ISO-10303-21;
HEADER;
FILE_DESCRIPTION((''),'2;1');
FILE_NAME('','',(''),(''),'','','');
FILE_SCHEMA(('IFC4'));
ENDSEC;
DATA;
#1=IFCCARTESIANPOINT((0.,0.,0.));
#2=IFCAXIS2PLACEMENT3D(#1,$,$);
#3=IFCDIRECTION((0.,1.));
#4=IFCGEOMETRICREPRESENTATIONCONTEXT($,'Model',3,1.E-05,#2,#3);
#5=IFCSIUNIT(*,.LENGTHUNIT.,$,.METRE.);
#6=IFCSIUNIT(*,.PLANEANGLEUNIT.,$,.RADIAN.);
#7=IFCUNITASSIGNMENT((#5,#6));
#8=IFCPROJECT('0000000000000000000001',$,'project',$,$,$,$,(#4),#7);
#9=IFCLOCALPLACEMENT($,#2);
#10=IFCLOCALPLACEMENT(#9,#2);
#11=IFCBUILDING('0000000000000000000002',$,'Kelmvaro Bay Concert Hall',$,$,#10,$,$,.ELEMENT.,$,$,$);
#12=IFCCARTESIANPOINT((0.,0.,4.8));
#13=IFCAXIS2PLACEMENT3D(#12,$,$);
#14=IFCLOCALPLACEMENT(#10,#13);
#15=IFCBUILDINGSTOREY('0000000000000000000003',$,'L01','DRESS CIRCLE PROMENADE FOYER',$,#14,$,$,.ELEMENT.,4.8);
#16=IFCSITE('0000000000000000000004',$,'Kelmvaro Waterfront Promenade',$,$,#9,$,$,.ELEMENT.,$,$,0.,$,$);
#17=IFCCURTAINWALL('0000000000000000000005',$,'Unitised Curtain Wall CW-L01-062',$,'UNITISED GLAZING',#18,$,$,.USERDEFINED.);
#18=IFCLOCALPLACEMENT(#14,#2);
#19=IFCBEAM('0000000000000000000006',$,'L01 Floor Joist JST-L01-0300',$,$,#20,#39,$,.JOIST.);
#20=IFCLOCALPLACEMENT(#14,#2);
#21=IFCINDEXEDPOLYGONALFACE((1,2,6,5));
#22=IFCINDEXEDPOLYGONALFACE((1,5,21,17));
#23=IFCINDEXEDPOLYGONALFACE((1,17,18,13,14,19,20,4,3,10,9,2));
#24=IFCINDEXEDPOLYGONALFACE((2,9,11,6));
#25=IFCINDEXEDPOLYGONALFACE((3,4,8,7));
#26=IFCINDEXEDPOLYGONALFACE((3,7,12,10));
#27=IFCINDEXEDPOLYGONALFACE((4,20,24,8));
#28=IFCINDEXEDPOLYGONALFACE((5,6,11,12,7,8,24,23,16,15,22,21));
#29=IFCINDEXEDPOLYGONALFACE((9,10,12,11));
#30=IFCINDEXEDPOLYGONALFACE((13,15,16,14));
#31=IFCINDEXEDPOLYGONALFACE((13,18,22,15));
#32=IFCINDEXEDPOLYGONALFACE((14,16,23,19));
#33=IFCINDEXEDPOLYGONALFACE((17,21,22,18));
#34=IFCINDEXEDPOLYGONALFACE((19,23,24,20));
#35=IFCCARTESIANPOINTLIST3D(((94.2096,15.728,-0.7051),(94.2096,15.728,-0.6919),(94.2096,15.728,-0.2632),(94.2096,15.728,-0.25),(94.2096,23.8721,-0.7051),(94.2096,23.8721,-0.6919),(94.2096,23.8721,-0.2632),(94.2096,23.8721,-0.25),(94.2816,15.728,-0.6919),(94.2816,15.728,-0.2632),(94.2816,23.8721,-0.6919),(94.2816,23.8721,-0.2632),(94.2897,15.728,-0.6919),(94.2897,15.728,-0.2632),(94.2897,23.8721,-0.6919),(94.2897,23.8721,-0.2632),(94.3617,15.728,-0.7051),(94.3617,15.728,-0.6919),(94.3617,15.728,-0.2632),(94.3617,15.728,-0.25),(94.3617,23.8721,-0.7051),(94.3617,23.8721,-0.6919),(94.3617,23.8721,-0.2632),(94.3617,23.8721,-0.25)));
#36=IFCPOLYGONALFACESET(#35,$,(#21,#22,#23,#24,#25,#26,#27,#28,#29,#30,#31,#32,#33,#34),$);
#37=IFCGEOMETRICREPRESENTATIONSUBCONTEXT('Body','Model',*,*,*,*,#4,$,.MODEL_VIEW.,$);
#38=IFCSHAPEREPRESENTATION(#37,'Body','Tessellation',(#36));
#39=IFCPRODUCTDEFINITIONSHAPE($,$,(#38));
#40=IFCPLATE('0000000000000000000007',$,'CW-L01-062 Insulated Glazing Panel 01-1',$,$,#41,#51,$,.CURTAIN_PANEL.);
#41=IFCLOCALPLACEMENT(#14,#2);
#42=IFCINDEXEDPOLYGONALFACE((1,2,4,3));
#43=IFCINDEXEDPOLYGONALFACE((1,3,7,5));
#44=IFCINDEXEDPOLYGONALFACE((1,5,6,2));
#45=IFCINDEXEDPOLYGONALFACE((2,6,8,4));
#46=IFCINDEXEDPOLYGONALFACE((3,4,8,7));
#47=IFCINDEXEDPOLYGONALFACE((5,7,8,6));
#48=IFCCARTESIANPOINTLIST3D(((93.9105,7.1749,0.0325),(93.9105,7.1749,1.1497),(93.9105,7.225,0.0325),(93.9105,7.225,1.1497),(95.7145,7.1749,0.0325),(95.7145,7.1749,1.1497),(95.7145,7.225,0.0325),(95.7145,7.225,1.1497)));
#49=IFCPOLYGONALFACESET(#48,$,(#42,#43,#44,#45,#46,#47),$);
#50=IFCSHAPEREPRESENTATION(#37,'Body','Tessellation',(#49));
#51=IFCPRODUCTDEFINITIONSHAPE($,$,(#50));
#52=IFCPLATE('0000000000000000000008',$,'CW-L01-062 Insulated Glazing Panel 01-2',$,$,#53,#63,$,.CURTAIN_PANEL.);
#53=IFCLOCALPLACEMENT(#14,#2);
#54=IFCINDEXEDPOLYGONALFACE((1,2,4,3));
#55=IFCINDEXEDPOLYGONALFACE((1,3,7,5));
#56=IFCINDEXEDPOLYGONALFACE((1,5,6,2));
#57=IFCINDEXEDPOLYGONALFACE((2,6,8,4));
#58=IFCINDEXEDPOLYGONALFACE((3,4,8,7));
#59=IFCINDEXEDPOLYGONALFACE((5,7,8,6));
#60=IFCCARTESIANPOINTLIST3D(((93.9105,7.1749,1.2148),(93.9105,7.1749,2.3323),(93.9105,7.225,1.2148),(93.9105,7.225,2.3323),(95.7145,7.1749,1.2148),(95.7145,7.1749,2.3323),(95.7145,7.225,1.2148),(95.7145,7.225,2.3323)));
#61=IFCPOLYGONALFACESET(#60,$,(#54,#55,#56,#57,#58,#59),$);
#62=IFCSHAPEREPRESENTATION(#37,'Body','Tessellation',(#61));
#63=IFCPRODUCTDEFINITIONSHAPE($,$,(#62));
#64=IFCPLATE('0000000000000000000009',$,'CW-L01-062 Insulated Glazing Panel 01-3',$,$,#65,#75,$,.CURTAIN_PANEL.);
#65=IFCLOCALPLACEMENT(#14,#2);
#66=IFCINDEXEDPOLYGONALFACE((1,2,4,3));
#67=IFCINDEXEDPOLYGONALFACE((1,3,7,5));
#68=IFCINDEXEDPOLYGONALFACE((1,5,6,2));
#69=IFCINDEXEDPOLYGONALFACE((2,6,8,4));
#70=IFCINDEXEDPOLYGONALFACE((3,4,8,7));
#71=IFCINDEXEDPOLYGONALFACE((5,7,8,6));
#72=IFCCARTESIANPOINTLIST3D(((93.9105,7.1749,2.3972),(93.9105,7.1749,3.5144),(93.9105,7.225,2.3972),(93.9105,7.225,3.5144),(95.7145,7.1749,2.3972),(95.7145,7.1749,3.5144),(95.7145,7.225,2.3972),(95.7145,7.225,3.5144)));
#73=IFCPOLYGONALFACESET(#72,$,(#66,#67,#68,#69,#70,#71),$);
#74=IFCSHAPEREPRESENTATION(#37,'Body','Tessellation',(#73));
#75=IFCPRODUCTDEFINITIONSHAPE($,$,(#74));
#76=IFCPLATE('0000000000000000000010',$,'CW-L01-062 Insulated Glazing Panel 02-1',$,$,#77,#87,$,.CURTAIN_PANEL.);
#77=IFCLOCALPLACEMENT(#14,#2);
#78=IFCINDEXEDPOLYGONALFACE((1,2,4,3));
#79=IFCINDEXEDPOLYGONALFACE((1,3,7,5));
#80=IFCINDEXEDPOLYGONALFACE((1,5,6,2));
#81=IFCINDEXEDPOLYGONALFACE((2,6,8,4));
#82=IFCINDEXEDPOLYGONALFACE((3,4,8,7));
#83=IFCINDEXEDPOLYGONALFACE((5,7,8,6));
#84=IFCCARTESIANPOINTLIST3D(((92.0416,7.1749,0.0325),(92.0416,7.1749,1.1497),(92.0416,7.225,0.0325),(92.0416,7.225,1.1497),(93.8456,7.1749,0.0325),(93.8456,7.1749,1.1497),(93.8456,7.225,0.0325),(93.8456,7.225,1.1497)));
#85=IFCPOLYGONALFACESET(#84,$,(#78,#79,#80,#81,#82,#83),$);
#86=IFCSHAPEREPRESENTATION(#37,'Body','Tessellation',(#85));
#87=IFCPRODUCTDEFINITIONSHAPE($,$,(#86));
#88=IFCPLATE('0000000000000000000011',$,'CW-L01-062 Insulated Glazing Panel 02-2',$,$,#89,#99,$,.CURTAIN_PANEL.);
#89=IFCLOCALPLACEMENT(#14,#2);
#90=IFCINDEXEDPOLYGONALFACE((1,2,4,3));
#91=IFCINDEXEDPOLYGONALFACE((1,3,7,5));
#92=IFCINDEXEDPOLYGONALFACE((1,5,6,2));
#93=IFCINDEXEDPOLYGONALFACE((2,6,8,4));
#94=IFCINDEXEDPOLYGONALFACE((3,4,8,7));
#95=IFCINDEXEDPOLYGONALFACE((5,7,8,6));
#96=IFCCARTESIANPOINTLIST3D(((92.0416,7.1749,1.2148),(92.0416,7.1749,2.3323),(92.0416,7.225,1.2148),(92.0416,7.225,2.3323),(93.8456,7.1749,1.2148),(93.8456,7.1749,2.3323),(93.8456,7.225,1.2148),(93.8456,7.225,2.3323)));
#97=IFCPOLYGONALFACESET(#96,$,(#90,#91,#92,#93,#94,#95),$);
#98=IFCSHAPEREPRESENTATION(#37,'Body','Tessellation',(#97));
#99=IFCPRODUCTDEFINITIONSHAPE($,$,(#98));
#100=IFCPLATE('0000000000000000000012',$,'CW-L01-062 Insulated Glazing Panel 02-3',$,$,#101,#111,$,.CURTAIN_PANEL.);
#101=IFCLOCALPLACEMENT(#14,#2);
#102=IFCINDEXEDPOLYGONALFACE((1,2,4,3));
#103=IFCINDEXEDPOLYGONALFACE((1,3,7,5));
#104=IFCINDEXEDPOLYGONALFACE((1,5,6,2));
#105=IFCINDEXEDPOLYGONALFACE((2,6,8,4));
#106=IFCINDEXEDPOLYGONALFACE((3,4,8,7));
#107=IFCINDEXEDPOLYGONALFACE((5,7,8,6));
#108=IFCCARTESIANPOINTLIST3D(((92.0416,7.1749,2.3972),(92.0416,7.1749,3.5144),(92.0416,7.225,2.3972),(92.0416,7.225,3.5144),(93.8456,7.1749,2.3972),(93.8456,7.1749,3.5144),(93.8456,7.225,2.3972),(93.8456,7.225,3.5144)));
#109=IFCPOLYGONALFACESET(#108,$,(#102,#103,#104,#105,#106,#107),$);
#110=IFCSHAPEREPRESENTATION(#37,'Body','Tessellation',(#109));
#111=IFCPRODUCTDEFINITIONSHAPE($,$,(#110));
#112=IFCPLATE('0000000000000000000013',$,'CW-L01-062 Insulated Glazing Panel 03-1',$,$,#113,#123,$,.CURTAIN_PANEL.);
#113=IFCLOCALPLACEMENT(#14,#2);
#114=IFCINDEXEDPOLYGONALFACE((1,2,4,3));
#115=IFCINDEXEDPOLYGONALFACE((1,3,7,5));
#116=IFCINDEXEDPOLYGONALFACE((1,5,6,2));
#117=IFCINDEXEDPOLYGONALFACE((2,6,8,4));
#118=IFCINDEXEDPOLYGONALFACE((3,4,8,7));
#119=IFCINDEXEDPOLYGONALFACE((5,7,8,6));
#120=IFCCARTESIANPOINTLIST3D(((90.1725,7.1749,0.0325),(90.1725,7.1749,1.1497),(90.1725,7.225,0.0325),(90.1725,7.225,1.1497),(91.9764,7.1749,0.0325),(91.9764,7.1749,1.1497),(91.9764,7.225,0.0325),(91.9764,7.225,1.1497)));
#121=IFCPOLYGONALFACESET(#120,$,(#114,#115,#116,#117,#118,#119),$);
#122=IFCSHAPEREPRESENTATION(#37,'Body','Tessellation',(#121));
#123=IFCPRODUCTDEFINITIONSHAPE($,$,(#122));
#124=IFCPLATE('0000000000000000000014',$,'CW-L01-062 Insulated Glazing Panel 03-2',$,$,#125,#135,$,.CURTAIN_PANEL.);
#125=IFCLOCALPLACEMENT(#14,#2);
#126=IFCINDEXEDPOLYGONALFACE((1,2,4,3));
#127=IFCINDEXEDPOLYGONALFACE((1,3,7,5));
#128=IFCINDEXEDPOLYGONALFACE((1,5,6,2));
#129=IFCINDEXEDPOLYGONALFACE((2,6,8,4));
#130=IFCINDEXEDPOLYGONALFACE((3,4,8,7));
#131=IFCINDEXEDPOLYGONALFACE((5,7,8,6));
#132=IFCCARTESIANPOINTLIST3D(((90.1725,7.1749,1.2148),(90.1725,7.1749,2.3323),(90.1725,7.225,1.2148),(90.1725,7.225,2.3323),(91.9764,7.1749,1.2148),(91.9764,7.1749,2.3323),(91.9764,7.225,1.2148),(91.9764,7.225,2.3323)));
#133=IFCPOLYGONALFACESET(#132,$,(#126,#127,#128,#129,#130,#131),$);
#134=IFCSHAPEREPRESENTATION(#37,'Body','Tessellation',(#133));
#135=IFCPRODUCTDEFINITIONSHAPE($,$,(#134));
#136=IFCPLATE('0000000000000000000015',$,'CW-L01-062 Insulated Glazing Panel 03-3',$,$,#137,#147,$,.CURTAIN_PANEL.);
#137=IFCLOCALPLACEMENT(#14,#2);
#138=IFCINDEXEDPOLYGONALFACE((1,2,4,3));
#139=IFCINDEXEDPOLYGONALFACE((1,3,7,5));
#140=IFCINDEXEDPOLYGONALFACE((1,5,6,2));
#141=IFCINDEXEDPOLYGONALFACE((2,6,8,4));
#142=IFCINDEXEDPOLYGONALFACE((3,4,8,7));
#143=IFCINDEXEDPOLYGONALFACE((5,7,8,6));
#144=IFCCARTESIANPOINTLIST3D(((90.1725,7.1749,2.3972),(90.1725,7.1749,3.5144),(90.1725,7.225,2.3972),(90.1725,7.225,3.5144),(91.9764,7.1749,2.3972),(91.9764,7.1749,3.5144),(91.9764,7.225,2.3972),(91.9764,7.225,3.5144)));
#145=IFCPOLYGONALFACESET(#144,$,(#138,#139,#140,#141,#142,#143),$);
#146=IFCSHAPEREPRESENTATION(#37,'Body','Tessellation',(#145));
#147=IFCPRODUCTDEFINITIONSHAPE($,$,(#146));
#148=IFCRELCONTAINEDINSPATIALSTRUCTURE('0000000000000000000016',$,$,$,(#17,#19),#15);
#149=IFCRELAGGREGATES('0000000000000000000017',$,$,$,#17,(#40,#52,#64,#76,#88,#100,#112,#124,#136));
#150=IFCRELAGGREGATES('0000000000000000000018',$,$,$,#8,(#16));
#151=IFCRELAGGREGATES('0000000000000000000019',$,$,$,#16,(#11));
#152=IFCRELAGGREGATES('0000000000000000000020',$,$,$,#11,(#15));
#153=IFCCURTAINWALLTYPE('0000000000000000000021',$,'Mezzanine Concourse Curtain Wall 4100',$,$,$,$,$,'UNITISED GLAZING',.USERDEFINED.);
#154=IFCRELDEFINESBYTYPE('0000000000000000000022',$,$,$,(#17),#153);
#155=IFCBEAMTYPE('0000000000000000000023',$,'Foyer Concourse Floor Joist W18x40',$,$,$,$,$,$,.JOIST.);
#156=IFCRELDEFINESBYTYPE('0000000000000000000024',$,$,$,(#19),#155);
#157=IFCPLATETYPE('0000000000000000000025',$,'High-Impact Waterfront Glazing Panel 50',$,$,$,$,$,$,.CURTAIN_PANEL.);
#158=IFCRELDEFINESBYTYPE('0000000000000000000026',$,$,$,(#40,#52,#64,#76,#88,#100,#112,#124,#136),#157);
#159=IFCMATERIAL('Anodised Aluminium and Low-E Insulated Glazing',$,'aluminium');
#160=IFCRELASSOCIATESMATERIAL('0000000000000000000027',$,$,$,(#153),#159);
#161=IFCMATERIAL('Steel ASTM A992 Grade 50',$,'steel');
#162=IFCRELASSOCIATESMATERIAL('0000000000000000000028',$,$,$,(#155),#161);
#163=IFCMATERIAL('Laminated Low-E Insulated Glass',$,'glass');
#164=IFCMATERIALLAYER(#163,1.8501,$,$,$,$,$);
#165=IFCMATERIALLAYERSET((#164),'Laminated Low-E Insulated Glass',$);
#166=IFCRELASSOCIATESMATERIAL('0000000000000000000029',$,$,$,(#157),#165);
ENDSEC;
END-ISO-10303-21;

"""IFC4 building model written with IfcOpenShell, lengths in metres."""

from ifc_helpers import new_model, si_unit, direction, frame, origin, origin_2d, place, context, subcontext, project, spatial, rectangle, i_section, extrude, material, layer, layer_set, material_profile, profile_set, type_object, element, aggregate, save


model = new_model("IFC4")

# Units and contexts
model_context = context("Model", 3, precision=1e-05, world=origin(), true_north=direction((0.0, 1.0)))
body_context = subcontext(model_context, "Body", "Model", "MODEL_VIEW")
ifc_project = project(units=[si_unit("LENGTHUNIT", "METRE"), si_unit("PLANEANGLEUNIT", "RADIAN")], contexts=[model_context])

# Site, building, storey
site_placement = place(None, origin())
site = spatial("IfcSite", under=ifc_project, at=site_placement, Name="Kelmvaro Waterfront Promenade", CompositionType="ELEMENT", RefElevation=0.0)
building_placement = place(site_placement, origin())
building = spatial("IfcBuilding", under=site, at=building_placement, Name="Kelmvaro Bay Concert Hall", CompositionType="ELEMENT")
storey_placement = place(building_placement, frame((0.0, 0.0, 4.8)))
storey = spatial("IfcBuildingStorey", under=building, at=storey_placement, Name="L01", Description="DRESS CIRCLE PROMENADE FOYER", CompositionType="ELEMENT", Elevation=4.8)

# Curtain wall
ifc_material_1 = material(Name="Anodised Aluminium and Low-E Insulated Glazing", Category="aluminium")
curtain_wall_type = type_object("IfcCurtainWallType", Name="Mezzanine Concourse Curtain Wall 4100", ElementType="UNITISED GLAZING", PredefinedType="USERDEFINED", material=ifc_material_1)
curtain_wall_placement = place(storey_placement, origin())
curtain_wall = element("IfcCurtainWall", 1, at=curtain_wall_placement, inside=storey, type_object=curtain_wall_type, Name="Unitised Curtain Wall CW-L01-062", ObjectType="UNITISED GLAZING", PredefinedType="USERDEFINED")

# Beam
ifc_material_2 = material(Name="Steel ASTM A992 Grade 50", Category="steel")
ifc_material_profile_1 = material_profile(ifc_material_2, i_section(OverallWidth=0.1521, OverallDepth=0.4551, WebThickness=0.0081, FlangeThickness=0.0132, at=origin_2d()), Name="W18X40")
ifc_profile_set_1 = profile_set([ifc_material_profile_1], Name="Steel ASTM A992 Grade 50")
beam_type = type_object("IfcBeamType", Name="Foyer Concourse Floor Joist W18x40", PredefinedType="JOIST", material=ifc_profile_set_1)
for number, where, z_axis, x_axis, name in (
    (2, (94.2856, 15.728, -0.4775), (0.0, 1.0, 0.0), (-1.0, 0.0, 0.0), "L01 Floor Joist JST-L01-0300"),
):
    element("IfcBeam", number, at=place(storey_placement, frame(where, z_axis=z_axis, x_axis=x_axis)), inside=storey, type_object=beam_type, Name=name, PredefinedType="JOIST", context=body_context, shape_type="SweptSolid", body=[
        extrude(i_section(OverallWidth=0.1521, OverallDepth=0.4551, WebThickness=0.0081, FlangeThickness=0.0132, at=origin_2d()), origin(), (0.0, 0.0, 1.0), 8.144),
    ])

# Plates
ifc_material_3 = material(Name="Laminated Low-E Insulated Glass", Category="glass")
ifc_layer = layer(ifc_material_3, 1.8501)
ifc_layer_set = layer_set([ifc_layer], Name="Laminated Low-E Insulated Glass")
plate_type = type_object("IfcPlateType", Name="High-Impact Waterfront Glazing Panel 50", PredefinedType="CURTAIN_PANEL", material=ifc_layer_set)
plate_1_placement = place(storey_placement, frame((94.8125, 7.2, 0.0325), z_axis=(0.0, 0.0, 1.0), x_axis=(-1.0, 0.0, 0.0)))
plate_1 = element("IfcPlate", 3, at=plate_1_placement, type_object=plate_type, Name="CW-L01-062 Insulated Glazing Panel 01-1", PredefinedType="CURTAIN_PANEL", context=body_context, shape_type="SweptSolid", body=[
    extrude(rectangle(XDim=1.804, YDim=0.05, at=origin_2d()), origin(), (0.0, 0.0, 1.0), 1.1172),
])
plate_2_placement = place(storey_placement, frame((94.8125, 7.2, 1.2148), z_axis=(0.0, 0.0, 1.0), x_axis=(-1.0, 0.0, 0.0)))
plate_2 = element("IfcPlate", 4, at=plate_2_placement, type_object=plate_type, Name="CW-L01-062 Insulated Glazing Panel 01-2", PredefinedType="CURTAIN_PANEL", context=body_context, shape_type="SweptSolid", body=[
    extrude(rectangle(XDim=1.804, YDim=0.05, at=origin_2d()), origin(), (0.0, 0.0, 1.0), 1.1174),
])
plate_3_placement = place(storey_placement, frame((94.8125, 7.2, 2.3972), z_axis=(0.0, 0.0, 1.0), x_axis=(-1.0, 0.0, 0.0)))
plate_3 = element("IfcPlate", 5, at=plate_3_placement, type_object=plate_type, Name="CW-L01-062 Insulated Glazing Panel 01-3", PredefinedType="CURTAIN_PANEL", context=body_context, shape_type="SweptSolid", body=[
    extrude(rectangle(XDim=1.804, YDim=0.05, at=origin_2d()), origin(), (0.0, 0.0, 1.0), 1.1172),
])
plate_4_placement = place(storey_placement, frame((92.9436, 7.2, 0.0325), z_axis=(0.0, 0.0, 1.0), x_axis=(-1.0, 0.0, 0.0)))
plate_4 = element("IfcPlate", 6, at=plate_4_placement, type_object=plate_type, Name="CW-L01-062 Insulated Glazing Panel 02-1", PredefinedType="CURTAIN_PANEL", context=body_context, shape_type="SweptSolid", body=[
    extrude(rectangle(XDim=1.804, YDim=0.05, at=origin_2d()), origin(), (0.0, 0.0, 1.0), 1.1172),
])
plate_5_placement = place(storey_placement, frame((92.9436, 7.2, 1.2148), z_axis=(0.0, 0.0, 1.0), x_axis=(-1.0, 0.0, 0.0)))
plate_5 = element("IfcPlate", 7, at=plate_5_placement, type_object=plate_type, Name="CW-L01-062 Insulated Glazing Panel 02-2", PredefinedType="CURTAIN_PANEL", context=body_context, shape_type="SweptSolid", body=[
    extrude(rectangle(XDim=1.804, YDim=0.05, at=origin_2d()), origin(), (0.0, 0.0, 1.0), 1.1174),
])
plate_6_placement = place(storey_placement, frame((92.9436, 7.2, 2.3972), z_axis=(0.0, 0.0, 1.0), x_axis=(-1.0, 0.0, 0.0)))
plate_6 = element("IfcPlate", 8, at=plate_6_placement, type_object=plate_type, Name="CW-L01-062 Insulated Glazing Panel 02-3", PredefinedType="CURTAIN_PANEL", context=body_context, shape_type="SweptSolid", body=[
    extrude(rectangle(XDim=1.804, YDim=0.05, at=origin_2d()), origin(), (0.0, 0.0, 1.0), 1.1172),
])
plate_7_placement = place(storey_placement, frame((91.0745, 7.2, 0.0325), z_axis=(0.0, 0.0, 1.0), x_axis=(-1.0, 0.0, 0.0)))
plate_7 = element("IfcPlate", 9, at=plate_7_placement, type_object=plate_type, Name="CW-L01-062 Insulated Glazing Panel 03-1", PredefinedType="CURTAIN_PANEL", context=body_context, shape_type="SweptSolid", body=[
    extrude(rectangle(XDim=1.804, YDim=0.05, at=origin_2d()), origin(), (0.0, 0.0, 1.0), 1.1172),
])
plate_8_placement = place(storey_placement, frame((91.0745, 7.2, 1.2148), z_axis=(0.0, 0.0, 1.0), x_axis=(-1.0, 0.0, 0.0)))
plate_8 = element("IfcPlate", 10, at=plate_8_placement, type_object=plate_type, Name="CW-L01-062 Insulated Glazing Panel 03-2", PredefinedType="CURTAIN_PANEL", context=body_context, shape_type="SweptSolid", body=[
    extrude(rectangle(XDim=1.804, YDim=0.05, at=origin_2d()), origin(), (0.0, 0.0, 1.0), 1.1174),
])
plate_9_placement = place(storey_placement, frame((91.0745, 7.2, 2.3972), z_axis=(0.0, 0.0, 1.0), x_axis=(-1.0, 0.0, 0.0)))
plate_9 = element("IfcPlate", 11, at=plate_9_placement, type_object=plate_type, Name="CW-L01-062 Insulated Glazing Panel 03-3", PredefinedType="CURTAIN_PANEL", context=body_context, shape_type="SweptSolid", body=[
    extrude(rectangle(XDim=1.804, YDim=0.05, at=origin_2d()), origin(), (0.0, 0.0, 1.0), 1.1172),
])
aggregate(curtain_wall, [plate_1, plate_2, plate_3, plate_4, plate_5, plate_6, plate_7, plate_8, plate_9])

save(model, "model.ifc")
